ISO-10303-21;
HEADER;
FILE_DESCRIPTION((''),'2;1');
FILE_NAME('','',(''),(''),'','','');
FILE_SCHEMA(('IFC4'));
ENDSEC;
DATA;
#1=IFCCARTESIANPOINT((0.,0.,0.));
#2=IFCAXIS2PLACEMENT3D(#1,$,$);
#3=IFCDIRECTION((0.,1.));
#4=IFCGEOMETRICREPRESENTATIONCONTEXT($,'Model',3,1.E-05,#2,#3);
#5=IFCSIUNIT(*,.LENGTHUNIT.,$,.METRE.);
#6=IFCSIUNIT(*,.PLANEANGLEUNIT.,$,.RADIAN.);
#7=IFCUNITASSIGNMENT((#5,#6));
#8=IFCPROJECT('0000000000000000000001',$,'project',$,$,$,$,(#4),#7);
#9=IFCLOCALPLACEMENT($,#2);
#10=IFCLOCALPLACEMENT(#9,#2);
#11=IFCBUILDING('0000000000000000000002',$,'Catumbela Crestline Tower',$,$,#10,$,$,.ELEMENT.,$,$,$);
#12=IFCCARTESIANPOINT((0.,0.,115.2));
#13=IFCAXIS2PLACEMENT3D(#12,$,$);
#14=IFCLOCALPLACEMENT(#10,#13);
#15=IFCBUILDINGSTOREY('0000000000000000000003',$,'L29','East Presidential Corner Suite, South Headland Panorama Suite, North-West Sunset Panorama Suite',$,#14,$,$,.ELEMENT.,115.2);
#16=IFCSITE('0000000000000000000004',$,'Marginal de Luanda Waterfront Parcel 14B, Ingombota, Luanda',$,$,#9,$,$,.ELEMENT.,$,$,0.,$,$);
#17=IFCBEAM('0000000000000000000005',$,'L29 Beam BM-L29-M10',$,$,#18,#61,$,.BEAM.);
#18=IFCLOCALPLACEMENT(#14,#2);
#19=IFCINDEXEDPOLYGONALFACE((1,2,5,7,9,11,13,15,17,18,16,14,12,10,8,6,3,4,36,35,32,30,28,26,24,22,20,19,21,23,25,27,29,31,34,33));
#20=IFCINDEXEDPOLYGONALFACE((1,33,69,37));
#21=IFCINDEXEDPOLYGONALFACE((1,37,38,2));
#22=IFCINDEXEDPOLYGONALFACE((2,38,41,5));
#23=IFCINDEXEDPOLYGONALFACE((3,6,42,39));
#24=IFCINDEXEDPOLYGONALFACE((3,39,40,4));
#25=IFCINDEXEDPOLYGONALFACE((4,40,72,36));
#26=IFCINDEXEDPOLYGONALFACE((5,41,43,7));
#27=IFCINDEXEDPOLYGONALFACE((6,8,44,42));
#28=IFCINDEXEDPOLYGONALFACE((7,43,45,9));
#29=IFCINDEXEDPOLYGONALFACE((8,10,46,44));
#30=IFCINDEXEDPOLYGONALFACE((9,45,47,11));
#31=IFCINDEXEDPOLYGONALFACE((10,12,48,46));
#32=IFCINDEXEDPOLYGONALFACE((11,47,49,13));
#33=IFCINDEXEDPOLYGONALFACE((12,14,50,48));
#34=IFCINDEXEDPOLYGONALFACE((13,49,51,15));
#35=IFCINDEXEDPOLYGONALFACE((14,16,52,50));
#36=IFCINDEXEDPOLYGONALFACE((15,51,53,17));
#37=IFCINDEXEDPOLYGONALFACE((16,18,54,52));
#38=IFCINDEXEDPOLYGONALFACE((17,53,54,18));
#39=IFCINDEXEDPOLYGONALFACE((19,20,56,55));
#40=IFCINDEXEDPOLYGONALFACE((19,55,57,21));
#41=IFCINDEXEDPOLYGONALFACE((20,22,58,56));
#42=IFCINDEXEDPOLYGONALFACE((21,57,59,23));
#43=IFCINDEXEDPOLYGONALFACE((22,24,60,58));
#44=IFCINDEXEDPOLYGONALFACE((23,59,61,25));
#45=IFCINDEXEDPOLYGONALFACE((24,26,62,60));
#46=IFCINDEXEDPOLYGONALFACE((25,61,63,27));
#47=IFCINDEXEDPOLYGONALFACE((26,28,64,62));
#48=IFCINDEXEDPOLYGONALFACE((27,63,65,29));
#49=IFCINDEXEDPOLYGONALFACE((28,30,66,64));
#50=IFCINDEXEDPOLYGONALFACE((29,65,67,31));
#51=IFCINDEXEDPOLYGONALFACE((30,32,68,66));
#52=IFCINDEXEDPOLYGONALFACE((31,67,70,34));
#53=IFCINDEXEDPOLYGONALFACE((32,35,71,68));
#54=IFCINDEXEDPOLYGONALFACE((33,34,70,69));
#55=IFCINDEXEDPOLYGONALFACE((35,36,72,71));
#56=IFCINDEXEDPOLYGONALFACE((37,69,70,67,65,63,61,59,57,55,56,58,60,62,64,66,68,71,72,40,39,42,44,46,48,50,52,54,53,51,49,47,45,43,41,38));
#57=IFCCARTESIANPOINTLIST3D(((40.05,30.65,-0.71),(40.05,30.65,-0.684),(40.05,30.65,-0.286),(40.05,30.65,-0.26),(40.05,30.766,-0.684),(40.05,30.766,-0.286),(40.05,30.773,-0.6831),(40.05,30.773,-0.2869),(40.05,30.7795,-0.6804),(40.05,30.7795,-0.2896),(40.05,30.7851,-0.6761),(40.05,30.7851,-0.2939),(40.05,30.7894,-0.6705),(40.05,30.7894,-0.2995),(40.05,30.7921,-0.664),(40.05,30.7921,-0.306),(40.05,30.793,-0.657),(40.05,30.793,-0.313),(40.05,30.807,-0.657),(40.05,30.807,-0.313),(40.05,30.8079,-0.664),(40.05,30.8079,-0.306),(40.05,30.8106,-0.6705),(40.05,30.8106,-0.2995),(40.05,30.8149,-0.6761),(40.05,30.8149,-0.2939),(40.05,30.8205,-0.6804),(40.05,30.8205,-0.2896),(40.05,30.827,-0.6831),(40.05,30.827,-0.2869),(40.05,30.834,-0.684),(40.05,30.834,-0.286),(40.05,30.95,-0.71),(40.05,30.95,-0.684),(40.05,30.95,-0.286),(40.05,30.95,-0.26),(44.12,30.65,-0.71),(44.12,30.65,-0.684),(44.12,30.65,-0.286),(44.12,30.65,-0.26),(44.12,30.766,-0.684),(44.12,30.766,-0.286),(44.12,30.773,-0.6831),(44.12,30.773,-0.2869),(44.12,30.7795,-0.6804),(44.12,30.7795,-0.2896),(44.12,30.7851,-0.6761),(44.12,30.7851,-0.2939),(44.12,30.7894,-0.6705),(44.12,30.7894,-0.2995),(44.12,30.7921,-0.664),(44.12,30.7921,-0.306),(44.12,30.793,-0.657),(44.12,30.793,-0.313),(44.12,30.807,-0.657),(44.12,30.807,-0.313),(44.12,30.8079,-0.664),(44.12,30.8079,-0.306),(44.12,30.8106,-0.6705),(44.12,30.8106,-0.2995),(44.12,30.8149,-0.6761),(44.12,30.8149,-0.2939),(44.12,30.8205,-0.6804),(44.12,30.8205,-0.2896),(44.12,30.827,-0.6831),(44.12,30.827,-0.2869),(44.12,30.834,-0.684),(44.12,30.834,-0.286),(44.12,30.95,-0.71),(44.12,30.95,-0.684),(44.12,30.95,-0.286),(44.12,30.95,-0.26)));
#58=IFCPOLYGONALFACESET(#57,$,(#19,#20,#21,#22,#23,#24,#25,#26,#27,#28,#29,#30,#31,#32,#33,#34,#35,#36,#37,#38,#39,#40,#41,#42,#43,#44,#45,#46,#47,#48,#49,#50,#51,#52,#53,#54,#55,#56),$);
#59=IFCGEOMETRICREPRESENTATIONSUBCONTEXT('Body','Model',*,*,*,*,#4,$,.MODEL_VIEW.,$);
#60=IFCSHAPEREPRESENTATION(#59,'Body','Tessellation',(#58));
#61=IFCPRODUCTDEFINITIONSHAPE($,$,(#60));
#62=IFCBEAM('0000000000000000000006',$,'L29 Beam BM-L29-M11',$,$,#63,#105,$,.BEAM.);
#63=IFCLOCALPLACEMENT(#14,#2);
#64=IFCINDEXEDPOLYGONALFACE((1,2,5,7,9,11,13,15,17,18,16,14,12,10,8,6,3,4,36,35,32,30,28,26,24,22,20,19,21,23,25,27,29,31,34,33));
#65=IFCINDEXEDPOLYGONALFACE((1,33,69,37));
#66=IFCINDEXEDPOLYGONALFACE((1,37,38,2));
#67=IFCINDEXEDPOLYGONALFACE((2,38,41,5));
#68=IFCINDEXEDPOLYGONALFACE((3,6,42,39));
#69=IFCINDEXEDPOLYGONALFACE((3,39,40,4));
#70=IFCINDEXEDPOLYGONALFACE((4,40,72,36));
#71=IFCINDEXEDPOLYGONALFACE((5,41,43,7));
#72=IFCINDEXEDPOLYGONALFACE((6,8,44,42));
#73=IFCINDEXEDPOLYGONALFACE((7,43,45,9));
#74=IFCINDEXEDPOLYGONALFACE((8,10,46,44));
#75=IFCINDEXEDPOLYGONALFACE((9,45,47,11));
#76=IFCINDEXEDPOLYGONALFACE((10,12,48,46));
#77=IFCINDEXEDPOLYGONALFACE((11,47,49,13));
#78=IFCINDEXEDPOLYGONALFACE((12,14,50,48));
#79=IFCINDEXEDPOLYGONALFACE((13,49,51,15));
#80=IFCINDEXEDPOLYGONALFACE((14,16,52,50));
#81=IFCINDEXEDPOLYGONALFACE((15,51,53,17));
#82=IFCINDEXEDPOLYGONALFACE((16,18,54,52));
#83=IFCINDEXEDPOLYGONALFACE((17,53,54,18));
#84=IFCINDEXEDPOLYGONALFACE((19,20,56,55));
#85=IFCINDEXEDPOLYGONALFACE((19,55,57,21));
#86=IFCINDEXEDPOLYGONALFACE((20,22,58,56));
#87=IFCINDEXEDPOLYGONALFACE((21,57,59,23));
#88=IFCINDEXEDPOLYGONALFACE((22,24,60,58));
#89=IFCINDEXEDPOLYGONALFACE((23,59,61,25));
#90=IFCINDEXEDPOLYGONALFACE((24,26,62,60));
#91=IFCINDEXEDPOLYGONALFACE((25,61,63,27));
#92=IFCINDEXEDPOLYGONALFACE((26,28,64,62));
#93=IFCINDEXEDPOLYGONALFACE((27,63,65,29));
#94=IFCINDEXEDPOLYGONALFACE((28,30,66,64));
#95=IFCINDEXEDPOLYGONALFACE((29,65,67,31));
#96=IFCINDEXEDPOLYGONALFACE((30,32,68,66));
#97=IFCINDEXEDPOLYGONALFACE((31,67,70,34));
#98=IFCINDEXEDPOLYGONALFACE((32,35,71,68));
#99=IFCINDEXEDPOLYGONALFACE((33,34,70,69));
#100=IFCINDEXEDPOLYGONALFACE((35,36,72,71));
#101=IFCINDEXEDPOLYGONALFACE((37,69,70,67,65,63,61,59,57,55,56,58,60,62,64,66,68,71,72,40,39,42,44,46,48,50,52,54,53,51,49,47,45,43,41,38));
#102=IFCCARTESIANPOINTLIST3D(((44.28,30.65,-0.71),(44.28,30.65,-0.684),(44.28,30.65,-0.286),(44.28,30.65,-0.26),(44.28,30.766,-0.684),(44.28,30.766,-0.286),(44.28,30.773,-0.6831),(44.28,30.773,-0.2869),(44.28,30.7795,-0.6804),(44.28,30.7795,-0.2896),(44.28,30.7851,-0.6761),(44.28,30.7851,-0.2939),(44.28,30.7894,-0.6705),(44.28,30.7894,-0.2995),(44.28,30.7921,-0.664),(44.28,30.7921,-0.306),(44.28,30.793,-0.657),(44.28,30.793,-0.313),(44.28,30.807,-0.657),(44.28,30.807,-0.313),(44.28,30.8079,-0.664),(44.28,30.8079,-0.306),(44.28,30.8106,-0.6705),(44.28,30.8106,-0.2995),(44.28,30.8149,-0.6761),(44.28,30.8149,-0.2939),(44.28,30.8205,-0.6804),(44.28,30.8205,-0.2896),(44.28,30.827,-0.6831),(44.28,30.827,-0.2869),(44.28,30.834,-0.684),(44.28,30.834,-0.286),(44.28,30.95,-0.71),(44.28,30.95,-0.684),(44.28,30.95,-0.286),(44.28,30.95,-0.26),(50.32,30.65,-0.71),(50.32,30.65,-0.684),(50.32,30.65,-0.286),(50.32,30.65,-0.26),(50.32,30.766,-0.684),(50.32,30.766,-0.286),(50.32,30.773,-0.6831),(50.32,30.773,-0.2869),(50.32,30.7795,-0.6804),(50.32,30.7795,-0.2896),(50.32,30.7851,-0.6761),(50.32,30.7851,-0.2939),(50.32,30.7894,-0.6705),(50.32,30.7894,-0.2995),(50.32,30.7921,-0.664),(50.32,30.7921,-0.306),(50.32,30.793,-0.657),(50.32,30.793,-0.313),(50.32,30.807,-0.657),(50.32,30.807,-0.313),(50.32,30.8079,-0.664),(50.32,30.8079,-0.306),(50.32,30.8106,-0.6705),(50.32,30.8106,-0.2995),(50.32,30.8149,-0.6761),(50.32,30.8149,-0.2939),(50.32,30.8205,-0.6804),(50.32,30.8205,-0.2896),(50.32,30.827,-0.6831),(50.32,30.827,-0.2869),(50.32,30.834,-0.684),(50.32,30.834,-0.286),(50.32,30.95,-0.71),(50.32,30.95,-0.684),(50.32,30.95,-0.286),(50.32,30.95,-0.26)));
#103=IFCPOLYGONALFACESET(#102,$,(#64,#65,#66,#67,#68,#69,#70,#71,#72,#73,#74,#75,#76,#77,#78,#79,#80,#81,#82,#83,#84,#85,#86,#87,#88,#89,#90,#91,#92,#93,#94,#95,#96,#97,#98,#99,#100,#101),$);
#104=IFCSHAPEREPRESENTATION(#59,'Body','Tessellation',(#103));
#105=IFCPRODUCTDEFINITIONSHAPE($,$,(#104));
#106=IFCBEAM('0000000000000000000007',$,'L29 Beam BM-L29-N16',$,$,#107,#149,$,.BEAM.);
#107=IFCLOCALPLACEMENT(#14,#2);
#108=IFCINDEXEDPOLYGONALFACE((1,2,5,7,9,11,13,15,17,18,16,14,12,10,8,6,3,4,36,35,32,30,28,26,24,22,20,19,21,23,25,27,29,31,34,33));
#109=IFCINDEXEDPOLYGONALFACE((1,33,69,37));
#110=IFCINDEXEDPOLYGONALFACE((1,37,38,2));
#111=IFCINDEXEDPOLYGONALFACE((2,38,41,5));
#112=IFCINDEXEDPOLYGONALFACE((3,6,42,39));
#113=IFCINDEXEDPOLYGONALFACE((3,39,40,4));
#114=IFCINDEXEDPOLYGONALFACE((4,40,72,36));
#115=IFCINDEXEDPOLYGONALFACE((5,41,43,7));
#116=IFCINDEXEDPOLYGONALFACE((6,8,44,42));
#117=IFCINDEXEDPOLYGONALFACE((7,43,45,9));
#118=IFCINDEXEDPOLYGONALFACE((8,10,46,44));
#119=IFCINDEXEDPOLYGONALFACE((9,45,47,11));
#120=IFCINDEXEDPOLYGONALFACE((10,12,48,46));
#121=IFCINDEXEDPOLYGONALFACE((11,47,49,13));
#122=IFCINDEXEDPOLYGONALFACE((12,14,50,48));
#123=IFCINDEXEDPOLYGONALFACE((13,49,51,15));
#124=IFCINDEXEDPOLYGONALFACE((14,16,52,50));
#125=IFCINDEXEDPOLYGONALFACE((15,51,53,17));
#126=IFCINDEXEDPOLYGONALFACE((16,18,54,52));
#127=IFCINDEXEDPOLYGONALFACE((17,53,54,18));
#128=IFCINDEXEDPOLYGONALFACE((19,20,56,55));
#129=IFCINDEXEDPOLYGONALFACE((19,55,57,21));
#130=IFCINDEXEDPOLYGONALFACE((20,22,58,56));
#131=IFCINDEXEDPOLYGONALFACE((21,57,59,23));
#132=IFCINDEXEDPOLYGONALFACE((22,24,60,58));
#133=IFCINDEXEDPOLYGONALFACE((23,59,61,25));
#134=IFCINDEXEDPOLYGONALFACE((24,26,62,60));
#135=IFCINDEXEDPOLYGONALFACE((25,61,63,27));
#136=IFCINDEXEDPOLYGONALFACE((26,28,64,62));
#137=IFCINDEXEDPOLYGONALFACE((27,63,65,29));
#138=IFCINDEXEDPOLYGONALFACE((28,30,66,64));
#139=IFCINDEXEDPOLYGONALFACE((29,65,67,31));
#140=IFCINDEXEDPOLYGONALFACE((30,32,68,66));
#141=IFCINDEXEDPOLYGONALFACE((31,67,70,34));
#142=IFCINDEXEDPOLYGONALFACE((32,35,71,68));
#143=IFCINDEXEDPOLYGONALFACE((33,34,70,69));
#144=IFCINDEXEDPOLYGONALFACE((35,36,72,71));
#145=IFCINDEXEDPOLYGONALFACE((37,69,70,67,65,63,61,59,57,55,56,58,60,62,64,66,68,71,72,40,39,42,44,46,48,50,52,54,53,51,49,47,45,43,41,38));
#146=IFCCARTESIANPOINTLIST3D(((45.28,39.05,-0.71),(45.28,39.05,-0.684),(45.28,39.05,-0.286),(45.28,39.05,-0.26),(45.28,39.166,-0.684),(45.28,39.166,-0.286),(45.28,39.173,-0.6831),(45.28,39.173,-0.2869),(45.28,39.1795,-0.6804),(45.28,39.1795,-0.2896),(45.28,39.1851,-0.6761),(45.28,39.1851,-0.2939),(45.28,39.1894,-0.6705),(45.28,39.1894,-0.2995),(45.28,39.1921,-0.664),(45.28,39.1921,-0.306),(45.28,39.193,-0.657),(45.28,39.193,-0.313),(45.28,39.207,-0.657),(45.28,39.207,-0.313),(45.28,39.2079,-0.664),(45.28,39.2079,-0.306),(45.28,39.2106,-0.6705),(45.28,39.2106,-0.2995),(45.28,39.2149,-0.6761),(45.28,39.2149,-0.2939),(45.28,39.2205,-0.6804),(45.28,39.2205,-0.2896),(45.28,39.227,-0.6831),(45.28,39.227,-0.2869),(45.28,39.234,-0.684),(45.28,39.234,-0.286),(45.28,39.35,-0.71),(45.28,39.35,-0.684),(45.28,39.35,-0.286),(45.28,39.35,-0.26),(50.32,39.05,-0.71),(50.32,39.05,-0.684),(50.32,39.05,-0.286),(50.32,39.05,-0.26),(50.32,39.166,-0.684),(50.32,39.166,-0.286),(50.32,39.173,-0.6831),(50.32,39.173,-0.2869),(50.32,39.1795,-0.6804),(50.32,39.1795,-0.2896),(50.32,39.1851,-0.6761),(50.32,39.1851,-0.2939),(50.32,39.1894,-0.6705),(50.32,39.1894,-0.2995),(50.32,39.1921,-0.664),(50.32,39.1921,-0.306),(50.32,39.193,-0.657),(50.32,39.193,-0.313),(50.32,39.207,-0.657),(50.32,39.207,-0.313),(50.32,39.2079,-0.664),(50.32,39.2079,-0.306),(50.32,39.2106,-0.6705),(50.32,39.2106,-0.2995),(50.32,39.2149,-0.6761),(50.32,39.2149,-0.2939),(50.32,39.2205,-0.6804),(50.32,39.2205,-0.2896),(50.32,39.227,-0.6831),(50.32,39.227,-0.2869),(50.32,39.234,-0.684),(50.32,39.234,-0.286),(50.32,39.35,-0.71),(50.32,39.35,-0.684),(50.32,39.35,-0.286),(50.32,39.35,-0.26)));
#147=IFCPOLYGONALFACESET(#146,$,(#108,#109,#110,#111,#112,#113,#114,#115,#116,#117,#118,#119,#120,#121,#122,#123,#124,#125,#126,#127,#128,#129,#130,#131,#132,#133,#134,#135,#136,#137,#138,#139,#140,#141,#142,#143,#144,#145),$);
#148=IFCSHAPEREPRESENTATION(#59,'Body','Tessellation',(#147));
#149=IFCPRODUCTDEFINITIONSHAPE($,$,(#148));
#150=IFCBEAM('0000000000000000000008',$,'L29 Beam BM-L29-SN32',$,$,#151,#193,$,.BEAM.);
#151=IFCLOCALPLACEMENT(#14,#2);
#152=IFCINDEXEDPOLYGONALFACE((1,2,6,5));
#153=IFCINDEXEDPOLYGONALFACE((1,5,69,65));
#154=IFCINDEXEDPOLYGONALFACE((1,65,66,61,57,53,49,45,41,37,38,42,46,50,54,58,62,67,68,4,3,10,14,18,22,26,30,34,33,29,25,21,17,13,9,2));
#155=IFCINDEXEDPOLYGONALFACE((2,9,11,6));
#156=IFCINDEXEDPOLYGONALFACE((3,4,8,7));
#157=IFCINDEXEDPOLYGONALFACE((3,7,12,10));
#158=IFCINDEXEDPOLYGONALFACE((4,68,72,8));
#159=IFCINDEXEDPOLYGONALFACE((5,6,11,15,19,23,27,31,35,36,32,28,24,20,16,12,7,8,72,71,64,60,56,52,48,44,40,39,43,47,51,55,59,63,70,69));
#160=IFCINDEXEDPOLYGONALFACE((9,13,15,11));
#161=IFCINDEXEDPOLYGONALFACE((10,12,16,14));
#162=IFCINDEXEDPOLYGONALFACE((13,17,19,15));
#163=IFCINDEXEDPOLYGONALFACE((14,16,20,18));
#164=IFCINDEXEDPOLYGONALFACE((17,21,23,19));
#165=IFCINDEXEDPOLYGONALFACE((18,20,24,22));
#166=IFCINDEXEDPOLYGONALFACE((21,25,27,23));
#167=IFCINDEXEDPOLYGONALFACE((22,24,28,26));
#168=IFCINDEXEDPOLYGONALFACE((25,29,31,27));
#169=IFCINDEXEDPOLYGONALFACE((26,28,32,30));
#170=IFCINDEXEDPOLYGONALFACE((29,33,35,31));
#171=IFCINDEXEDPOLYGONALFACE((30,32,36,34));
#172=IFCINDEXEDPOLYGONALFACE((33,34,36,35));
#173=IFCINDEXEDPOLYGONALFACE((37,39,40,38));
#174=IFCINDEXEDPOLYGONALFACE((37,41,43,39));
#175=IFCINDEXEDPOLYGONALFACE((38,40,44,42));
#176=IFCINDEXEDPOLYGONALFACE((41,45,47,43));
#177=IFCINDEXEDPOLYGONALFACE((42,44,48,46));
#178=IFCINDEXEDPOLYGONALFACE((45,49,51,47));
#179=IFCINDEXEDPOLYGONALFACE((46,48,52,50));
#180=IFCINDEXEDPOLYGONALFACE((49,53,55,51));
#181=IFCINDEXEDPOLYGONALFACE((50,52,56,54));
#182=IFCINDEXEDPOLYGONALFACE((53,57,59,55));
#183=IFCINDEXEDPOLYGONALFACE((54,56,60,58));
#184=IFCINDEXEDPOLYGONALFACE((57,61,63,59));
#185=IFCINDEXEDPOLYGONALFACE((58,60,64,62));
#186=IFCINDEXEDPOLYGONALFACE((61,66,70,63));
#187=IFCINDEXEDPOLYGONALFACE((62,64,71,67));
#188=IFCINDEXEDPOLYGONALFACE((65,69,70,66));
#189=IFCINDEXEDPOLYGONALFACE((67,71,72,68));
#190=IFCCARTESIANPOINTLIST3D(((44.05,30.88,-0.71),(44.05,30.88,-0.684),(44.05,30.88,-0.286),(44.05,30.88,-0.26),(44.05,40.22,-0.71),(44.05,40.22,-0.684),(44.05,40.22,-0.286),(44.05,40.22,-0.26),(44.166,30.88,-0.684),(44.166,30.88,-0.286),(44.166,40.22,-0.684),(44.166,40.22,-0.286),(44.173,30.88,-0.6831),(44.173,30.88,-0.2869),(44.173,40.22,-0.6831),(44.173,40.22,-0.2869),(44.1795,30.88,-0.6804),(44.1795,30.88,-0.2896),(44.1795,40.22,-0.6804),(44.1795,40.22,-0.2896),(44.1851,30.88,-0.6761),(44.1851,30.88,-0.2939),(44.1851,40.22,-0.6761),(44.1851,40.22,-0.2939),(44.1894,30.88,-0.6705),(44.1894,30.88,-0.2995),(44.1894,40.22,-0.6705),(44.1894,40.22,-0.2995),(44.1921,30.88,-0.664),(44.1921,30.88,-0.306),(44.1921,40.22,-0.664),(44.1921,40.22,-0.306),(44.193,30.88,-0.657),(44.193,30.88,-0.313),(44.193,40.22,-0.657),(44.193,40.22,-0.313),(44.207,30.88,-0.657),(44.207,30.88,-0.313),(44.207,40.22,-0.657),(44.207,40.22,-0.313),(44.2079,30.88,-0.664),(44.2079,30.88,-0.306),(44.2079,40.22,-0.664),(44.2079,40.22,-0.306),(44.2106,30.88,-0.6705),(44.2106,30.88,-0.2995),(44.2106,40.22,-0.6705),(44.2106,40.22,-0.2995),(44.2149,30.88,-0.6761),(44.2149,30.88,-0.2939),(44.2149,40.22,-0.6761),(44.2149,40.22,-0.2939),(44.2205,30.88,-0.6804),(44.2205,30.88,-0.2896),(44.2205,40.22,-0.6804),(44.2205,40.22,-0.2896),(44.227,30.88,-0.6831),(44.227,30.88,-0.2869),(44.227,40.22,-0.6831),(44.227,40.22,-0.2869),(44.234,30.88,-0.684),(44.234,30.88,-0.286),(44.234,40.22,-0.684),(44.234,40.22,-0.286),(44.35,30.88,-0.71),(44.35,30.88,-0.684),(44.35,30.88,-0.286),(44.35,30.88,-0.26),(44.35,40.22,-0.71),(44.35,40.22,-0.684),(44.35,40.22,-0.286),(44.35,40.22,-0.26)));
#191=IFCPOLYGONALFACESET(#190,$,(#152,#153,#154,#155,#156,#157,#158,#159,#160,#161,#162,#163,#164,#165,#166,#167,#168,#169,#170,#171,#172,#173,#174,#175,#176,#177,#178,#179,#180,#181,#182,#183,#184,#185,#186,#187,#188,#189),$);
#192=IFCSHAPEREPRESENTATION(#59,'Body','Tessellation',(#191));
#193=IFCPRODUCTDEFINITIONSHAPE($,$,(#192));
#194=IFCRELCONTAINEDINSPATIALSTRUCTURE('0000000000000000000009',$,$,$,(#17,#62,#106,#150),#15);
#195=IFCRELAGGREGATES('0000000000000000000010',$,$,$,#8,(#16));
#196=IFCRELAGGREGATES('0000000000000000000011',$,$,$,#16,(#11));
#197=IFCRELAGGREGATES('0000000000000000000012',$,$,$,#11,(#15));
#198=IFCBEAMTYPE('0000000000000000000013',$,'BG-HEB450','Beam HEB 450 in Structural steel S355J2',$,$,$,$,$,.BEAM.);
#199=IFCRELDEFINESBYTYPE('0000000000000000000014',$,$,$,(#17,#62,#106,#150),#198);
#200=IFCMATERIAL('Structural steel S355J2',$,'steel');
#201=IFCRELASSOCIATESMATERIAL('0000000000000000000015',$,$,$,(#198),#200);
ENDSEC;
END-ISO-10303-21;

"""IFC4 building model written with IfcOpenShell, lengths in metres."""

from ifc_helpers import new_model, si_unit, direction, frame, origin, origin_2d, place, context, subcontext, project, spatial, i_section, extrude, material, material_profile, profile_set, type_object, element, save


model = new_model("IFC4")

# Units and contexts
model_context = context("Model", 3, precision=1e-05, world=origin(), true_north=direction((0.0, 1.0)))
body_context = subcontext(model_context, "Body", "Model", "MODEL_VIEW")
ifc_project = project(units=[si_unit("LENGTHUNIT", "METRE"), si_unit("PLANEANGLEUNIT", "RADIAN")], contexts=[model_context])

# Site, building, storey
site_placement = place(None, origin())
site = spatial("IfcSite", under=ifc_project, at=site_placement, Name="Marginal de Luanda Waterfront Parcel 14B, Ingombota, Luanda", CompositionType="ELEMENT", RefElevation=0.0)
building_placement = place(site_placement, origin())
building = spatial("IfcBuilding", under=site, at=building_placement, Name="Catumbela Crestline Tower", CompositionType="ELEMENT")
storey_placement = place(building_placement, frame((0.0, 0.0, 115.2)))
storey = spatial("IfcBuildingStorey", under=building, at=storey_placement, Name="L29", Description="East Presidential Corner Suite, South Headland Panorama Suite, North-West Sunset Panorama Suite", CompositionType="ELEMENT", Elevation=115.2)

# Beams
ifc_material_1 = material(Name="Structural steel S355J2", Category="steel")
ifc_material_profile_1 = material_profile(ifc_material_1, i_section(OverallWidth=0.3, OverallDepth=0.45, WebThickness=0.014, FlangeThickness=0.026, FilletRadius=0.027, at=origin_2d()), Name="HEB 450")
ifc_profile_set_1 = profile_set([ifc_material_profile_1], Name="Structural steel S355J2")
beam_type_1 = type_object("IfcBeamType", Name="BG-HEB450", Description="Beam HEB 450 in Structural steel S355J2", PredefinedType="BEAM", material=ifc_profile_set_1)
beam_1_placement = place(storey_placement, frame((40.05, 30.8, -0.485), z_axis=(1.0, 0.0, 0.0), x_axis=(0.0, 1.0, 0.0)))
element("IfcBeam", 1, at=beam_1_placement, inside=storey, type_object=beam_type_1, Name="L29 Beam BM-L29-M10", PredefinedType="BEAM", context=body_context, shape_type="SweptSolid", body=[
    extrude(i_section(OverallWidth=0.3, OverallDepth=0.45, WebThickness=0.014, FlangeThickness=0.026, FilletRadius=0.027, at=origin_2d()), origin(), (0.0, 0.0, 1.0), 4.07),
])
beam_2_placement = place(storey_placement, frame((44.28, 30.8, -0.485), z_axis=(1.0, 0.0, 0.0), x_axis=(0.0, 1.0, 0.0)))
element("IfcBeam", 2, at=beam_2_placement, inside=storey, type_object=beam_type_1, Name="L29 Beam BM-L29-M11", PredefinedType="BEAM", context=body_context, shape_type="SweptSolid", body=[
    extrude(i_section(OverallWidth=0.3, OverallDepth=0.45, WebThickness=0.014, FlangeThickness=0.026, FilletRadius=0.027, at=origin_2d()), origin(), (0.0, 0.0, 1.0), 6.04),
])
beam_3_placement = place(storey_placement, frame((45.28, 39.2, -0.485), z_axis=(1.0, 0.0, 0.0), x_axis=(0.0, 1.0, 0.0)))
element("IfcBeam", 3, at=beam_3_placement, inside=storey, type_object=beam_type_1, Name="L29 Beam BM-L29-N16", PredefinedType="BEAM", context=body_context, shape_type="SweptSolid", body=[
    extrude(i_section(OverallWidth=0.3, OverallDepth=0.45, WebThickness=0.014, FlangeThickness=0.026, FilletRadius=0.027, at=origin_2d()), origin(), (0.0, 0.0, 1.0), 5.04),
])
beam_4_placement = place(storey_placement, frame((44.2, 30.88, -0.485), z_axis=(0.0, 1.0, 0.0), x_axis=(-1.0, 0.0, 0.0)))
element("IfcBeam", 4, at=beam_4_placement, inside=storey, type_object=beam_type_1, Name="L29 Beam BM-L29-SN32", PredefinedType="BEAM", context=body_context, shape_type="SweptSolid", body=[
    extrude(i_section(OverallWidth=0.3, OverallDepth=0.45, WebThickness=0.014, FlangeThickness=0.026, FilletRadius=0.027, at=origin_2d()), origin(), (0.0, 0.0, 1.0), 9.34),
])

save(model, "model.ifc")
